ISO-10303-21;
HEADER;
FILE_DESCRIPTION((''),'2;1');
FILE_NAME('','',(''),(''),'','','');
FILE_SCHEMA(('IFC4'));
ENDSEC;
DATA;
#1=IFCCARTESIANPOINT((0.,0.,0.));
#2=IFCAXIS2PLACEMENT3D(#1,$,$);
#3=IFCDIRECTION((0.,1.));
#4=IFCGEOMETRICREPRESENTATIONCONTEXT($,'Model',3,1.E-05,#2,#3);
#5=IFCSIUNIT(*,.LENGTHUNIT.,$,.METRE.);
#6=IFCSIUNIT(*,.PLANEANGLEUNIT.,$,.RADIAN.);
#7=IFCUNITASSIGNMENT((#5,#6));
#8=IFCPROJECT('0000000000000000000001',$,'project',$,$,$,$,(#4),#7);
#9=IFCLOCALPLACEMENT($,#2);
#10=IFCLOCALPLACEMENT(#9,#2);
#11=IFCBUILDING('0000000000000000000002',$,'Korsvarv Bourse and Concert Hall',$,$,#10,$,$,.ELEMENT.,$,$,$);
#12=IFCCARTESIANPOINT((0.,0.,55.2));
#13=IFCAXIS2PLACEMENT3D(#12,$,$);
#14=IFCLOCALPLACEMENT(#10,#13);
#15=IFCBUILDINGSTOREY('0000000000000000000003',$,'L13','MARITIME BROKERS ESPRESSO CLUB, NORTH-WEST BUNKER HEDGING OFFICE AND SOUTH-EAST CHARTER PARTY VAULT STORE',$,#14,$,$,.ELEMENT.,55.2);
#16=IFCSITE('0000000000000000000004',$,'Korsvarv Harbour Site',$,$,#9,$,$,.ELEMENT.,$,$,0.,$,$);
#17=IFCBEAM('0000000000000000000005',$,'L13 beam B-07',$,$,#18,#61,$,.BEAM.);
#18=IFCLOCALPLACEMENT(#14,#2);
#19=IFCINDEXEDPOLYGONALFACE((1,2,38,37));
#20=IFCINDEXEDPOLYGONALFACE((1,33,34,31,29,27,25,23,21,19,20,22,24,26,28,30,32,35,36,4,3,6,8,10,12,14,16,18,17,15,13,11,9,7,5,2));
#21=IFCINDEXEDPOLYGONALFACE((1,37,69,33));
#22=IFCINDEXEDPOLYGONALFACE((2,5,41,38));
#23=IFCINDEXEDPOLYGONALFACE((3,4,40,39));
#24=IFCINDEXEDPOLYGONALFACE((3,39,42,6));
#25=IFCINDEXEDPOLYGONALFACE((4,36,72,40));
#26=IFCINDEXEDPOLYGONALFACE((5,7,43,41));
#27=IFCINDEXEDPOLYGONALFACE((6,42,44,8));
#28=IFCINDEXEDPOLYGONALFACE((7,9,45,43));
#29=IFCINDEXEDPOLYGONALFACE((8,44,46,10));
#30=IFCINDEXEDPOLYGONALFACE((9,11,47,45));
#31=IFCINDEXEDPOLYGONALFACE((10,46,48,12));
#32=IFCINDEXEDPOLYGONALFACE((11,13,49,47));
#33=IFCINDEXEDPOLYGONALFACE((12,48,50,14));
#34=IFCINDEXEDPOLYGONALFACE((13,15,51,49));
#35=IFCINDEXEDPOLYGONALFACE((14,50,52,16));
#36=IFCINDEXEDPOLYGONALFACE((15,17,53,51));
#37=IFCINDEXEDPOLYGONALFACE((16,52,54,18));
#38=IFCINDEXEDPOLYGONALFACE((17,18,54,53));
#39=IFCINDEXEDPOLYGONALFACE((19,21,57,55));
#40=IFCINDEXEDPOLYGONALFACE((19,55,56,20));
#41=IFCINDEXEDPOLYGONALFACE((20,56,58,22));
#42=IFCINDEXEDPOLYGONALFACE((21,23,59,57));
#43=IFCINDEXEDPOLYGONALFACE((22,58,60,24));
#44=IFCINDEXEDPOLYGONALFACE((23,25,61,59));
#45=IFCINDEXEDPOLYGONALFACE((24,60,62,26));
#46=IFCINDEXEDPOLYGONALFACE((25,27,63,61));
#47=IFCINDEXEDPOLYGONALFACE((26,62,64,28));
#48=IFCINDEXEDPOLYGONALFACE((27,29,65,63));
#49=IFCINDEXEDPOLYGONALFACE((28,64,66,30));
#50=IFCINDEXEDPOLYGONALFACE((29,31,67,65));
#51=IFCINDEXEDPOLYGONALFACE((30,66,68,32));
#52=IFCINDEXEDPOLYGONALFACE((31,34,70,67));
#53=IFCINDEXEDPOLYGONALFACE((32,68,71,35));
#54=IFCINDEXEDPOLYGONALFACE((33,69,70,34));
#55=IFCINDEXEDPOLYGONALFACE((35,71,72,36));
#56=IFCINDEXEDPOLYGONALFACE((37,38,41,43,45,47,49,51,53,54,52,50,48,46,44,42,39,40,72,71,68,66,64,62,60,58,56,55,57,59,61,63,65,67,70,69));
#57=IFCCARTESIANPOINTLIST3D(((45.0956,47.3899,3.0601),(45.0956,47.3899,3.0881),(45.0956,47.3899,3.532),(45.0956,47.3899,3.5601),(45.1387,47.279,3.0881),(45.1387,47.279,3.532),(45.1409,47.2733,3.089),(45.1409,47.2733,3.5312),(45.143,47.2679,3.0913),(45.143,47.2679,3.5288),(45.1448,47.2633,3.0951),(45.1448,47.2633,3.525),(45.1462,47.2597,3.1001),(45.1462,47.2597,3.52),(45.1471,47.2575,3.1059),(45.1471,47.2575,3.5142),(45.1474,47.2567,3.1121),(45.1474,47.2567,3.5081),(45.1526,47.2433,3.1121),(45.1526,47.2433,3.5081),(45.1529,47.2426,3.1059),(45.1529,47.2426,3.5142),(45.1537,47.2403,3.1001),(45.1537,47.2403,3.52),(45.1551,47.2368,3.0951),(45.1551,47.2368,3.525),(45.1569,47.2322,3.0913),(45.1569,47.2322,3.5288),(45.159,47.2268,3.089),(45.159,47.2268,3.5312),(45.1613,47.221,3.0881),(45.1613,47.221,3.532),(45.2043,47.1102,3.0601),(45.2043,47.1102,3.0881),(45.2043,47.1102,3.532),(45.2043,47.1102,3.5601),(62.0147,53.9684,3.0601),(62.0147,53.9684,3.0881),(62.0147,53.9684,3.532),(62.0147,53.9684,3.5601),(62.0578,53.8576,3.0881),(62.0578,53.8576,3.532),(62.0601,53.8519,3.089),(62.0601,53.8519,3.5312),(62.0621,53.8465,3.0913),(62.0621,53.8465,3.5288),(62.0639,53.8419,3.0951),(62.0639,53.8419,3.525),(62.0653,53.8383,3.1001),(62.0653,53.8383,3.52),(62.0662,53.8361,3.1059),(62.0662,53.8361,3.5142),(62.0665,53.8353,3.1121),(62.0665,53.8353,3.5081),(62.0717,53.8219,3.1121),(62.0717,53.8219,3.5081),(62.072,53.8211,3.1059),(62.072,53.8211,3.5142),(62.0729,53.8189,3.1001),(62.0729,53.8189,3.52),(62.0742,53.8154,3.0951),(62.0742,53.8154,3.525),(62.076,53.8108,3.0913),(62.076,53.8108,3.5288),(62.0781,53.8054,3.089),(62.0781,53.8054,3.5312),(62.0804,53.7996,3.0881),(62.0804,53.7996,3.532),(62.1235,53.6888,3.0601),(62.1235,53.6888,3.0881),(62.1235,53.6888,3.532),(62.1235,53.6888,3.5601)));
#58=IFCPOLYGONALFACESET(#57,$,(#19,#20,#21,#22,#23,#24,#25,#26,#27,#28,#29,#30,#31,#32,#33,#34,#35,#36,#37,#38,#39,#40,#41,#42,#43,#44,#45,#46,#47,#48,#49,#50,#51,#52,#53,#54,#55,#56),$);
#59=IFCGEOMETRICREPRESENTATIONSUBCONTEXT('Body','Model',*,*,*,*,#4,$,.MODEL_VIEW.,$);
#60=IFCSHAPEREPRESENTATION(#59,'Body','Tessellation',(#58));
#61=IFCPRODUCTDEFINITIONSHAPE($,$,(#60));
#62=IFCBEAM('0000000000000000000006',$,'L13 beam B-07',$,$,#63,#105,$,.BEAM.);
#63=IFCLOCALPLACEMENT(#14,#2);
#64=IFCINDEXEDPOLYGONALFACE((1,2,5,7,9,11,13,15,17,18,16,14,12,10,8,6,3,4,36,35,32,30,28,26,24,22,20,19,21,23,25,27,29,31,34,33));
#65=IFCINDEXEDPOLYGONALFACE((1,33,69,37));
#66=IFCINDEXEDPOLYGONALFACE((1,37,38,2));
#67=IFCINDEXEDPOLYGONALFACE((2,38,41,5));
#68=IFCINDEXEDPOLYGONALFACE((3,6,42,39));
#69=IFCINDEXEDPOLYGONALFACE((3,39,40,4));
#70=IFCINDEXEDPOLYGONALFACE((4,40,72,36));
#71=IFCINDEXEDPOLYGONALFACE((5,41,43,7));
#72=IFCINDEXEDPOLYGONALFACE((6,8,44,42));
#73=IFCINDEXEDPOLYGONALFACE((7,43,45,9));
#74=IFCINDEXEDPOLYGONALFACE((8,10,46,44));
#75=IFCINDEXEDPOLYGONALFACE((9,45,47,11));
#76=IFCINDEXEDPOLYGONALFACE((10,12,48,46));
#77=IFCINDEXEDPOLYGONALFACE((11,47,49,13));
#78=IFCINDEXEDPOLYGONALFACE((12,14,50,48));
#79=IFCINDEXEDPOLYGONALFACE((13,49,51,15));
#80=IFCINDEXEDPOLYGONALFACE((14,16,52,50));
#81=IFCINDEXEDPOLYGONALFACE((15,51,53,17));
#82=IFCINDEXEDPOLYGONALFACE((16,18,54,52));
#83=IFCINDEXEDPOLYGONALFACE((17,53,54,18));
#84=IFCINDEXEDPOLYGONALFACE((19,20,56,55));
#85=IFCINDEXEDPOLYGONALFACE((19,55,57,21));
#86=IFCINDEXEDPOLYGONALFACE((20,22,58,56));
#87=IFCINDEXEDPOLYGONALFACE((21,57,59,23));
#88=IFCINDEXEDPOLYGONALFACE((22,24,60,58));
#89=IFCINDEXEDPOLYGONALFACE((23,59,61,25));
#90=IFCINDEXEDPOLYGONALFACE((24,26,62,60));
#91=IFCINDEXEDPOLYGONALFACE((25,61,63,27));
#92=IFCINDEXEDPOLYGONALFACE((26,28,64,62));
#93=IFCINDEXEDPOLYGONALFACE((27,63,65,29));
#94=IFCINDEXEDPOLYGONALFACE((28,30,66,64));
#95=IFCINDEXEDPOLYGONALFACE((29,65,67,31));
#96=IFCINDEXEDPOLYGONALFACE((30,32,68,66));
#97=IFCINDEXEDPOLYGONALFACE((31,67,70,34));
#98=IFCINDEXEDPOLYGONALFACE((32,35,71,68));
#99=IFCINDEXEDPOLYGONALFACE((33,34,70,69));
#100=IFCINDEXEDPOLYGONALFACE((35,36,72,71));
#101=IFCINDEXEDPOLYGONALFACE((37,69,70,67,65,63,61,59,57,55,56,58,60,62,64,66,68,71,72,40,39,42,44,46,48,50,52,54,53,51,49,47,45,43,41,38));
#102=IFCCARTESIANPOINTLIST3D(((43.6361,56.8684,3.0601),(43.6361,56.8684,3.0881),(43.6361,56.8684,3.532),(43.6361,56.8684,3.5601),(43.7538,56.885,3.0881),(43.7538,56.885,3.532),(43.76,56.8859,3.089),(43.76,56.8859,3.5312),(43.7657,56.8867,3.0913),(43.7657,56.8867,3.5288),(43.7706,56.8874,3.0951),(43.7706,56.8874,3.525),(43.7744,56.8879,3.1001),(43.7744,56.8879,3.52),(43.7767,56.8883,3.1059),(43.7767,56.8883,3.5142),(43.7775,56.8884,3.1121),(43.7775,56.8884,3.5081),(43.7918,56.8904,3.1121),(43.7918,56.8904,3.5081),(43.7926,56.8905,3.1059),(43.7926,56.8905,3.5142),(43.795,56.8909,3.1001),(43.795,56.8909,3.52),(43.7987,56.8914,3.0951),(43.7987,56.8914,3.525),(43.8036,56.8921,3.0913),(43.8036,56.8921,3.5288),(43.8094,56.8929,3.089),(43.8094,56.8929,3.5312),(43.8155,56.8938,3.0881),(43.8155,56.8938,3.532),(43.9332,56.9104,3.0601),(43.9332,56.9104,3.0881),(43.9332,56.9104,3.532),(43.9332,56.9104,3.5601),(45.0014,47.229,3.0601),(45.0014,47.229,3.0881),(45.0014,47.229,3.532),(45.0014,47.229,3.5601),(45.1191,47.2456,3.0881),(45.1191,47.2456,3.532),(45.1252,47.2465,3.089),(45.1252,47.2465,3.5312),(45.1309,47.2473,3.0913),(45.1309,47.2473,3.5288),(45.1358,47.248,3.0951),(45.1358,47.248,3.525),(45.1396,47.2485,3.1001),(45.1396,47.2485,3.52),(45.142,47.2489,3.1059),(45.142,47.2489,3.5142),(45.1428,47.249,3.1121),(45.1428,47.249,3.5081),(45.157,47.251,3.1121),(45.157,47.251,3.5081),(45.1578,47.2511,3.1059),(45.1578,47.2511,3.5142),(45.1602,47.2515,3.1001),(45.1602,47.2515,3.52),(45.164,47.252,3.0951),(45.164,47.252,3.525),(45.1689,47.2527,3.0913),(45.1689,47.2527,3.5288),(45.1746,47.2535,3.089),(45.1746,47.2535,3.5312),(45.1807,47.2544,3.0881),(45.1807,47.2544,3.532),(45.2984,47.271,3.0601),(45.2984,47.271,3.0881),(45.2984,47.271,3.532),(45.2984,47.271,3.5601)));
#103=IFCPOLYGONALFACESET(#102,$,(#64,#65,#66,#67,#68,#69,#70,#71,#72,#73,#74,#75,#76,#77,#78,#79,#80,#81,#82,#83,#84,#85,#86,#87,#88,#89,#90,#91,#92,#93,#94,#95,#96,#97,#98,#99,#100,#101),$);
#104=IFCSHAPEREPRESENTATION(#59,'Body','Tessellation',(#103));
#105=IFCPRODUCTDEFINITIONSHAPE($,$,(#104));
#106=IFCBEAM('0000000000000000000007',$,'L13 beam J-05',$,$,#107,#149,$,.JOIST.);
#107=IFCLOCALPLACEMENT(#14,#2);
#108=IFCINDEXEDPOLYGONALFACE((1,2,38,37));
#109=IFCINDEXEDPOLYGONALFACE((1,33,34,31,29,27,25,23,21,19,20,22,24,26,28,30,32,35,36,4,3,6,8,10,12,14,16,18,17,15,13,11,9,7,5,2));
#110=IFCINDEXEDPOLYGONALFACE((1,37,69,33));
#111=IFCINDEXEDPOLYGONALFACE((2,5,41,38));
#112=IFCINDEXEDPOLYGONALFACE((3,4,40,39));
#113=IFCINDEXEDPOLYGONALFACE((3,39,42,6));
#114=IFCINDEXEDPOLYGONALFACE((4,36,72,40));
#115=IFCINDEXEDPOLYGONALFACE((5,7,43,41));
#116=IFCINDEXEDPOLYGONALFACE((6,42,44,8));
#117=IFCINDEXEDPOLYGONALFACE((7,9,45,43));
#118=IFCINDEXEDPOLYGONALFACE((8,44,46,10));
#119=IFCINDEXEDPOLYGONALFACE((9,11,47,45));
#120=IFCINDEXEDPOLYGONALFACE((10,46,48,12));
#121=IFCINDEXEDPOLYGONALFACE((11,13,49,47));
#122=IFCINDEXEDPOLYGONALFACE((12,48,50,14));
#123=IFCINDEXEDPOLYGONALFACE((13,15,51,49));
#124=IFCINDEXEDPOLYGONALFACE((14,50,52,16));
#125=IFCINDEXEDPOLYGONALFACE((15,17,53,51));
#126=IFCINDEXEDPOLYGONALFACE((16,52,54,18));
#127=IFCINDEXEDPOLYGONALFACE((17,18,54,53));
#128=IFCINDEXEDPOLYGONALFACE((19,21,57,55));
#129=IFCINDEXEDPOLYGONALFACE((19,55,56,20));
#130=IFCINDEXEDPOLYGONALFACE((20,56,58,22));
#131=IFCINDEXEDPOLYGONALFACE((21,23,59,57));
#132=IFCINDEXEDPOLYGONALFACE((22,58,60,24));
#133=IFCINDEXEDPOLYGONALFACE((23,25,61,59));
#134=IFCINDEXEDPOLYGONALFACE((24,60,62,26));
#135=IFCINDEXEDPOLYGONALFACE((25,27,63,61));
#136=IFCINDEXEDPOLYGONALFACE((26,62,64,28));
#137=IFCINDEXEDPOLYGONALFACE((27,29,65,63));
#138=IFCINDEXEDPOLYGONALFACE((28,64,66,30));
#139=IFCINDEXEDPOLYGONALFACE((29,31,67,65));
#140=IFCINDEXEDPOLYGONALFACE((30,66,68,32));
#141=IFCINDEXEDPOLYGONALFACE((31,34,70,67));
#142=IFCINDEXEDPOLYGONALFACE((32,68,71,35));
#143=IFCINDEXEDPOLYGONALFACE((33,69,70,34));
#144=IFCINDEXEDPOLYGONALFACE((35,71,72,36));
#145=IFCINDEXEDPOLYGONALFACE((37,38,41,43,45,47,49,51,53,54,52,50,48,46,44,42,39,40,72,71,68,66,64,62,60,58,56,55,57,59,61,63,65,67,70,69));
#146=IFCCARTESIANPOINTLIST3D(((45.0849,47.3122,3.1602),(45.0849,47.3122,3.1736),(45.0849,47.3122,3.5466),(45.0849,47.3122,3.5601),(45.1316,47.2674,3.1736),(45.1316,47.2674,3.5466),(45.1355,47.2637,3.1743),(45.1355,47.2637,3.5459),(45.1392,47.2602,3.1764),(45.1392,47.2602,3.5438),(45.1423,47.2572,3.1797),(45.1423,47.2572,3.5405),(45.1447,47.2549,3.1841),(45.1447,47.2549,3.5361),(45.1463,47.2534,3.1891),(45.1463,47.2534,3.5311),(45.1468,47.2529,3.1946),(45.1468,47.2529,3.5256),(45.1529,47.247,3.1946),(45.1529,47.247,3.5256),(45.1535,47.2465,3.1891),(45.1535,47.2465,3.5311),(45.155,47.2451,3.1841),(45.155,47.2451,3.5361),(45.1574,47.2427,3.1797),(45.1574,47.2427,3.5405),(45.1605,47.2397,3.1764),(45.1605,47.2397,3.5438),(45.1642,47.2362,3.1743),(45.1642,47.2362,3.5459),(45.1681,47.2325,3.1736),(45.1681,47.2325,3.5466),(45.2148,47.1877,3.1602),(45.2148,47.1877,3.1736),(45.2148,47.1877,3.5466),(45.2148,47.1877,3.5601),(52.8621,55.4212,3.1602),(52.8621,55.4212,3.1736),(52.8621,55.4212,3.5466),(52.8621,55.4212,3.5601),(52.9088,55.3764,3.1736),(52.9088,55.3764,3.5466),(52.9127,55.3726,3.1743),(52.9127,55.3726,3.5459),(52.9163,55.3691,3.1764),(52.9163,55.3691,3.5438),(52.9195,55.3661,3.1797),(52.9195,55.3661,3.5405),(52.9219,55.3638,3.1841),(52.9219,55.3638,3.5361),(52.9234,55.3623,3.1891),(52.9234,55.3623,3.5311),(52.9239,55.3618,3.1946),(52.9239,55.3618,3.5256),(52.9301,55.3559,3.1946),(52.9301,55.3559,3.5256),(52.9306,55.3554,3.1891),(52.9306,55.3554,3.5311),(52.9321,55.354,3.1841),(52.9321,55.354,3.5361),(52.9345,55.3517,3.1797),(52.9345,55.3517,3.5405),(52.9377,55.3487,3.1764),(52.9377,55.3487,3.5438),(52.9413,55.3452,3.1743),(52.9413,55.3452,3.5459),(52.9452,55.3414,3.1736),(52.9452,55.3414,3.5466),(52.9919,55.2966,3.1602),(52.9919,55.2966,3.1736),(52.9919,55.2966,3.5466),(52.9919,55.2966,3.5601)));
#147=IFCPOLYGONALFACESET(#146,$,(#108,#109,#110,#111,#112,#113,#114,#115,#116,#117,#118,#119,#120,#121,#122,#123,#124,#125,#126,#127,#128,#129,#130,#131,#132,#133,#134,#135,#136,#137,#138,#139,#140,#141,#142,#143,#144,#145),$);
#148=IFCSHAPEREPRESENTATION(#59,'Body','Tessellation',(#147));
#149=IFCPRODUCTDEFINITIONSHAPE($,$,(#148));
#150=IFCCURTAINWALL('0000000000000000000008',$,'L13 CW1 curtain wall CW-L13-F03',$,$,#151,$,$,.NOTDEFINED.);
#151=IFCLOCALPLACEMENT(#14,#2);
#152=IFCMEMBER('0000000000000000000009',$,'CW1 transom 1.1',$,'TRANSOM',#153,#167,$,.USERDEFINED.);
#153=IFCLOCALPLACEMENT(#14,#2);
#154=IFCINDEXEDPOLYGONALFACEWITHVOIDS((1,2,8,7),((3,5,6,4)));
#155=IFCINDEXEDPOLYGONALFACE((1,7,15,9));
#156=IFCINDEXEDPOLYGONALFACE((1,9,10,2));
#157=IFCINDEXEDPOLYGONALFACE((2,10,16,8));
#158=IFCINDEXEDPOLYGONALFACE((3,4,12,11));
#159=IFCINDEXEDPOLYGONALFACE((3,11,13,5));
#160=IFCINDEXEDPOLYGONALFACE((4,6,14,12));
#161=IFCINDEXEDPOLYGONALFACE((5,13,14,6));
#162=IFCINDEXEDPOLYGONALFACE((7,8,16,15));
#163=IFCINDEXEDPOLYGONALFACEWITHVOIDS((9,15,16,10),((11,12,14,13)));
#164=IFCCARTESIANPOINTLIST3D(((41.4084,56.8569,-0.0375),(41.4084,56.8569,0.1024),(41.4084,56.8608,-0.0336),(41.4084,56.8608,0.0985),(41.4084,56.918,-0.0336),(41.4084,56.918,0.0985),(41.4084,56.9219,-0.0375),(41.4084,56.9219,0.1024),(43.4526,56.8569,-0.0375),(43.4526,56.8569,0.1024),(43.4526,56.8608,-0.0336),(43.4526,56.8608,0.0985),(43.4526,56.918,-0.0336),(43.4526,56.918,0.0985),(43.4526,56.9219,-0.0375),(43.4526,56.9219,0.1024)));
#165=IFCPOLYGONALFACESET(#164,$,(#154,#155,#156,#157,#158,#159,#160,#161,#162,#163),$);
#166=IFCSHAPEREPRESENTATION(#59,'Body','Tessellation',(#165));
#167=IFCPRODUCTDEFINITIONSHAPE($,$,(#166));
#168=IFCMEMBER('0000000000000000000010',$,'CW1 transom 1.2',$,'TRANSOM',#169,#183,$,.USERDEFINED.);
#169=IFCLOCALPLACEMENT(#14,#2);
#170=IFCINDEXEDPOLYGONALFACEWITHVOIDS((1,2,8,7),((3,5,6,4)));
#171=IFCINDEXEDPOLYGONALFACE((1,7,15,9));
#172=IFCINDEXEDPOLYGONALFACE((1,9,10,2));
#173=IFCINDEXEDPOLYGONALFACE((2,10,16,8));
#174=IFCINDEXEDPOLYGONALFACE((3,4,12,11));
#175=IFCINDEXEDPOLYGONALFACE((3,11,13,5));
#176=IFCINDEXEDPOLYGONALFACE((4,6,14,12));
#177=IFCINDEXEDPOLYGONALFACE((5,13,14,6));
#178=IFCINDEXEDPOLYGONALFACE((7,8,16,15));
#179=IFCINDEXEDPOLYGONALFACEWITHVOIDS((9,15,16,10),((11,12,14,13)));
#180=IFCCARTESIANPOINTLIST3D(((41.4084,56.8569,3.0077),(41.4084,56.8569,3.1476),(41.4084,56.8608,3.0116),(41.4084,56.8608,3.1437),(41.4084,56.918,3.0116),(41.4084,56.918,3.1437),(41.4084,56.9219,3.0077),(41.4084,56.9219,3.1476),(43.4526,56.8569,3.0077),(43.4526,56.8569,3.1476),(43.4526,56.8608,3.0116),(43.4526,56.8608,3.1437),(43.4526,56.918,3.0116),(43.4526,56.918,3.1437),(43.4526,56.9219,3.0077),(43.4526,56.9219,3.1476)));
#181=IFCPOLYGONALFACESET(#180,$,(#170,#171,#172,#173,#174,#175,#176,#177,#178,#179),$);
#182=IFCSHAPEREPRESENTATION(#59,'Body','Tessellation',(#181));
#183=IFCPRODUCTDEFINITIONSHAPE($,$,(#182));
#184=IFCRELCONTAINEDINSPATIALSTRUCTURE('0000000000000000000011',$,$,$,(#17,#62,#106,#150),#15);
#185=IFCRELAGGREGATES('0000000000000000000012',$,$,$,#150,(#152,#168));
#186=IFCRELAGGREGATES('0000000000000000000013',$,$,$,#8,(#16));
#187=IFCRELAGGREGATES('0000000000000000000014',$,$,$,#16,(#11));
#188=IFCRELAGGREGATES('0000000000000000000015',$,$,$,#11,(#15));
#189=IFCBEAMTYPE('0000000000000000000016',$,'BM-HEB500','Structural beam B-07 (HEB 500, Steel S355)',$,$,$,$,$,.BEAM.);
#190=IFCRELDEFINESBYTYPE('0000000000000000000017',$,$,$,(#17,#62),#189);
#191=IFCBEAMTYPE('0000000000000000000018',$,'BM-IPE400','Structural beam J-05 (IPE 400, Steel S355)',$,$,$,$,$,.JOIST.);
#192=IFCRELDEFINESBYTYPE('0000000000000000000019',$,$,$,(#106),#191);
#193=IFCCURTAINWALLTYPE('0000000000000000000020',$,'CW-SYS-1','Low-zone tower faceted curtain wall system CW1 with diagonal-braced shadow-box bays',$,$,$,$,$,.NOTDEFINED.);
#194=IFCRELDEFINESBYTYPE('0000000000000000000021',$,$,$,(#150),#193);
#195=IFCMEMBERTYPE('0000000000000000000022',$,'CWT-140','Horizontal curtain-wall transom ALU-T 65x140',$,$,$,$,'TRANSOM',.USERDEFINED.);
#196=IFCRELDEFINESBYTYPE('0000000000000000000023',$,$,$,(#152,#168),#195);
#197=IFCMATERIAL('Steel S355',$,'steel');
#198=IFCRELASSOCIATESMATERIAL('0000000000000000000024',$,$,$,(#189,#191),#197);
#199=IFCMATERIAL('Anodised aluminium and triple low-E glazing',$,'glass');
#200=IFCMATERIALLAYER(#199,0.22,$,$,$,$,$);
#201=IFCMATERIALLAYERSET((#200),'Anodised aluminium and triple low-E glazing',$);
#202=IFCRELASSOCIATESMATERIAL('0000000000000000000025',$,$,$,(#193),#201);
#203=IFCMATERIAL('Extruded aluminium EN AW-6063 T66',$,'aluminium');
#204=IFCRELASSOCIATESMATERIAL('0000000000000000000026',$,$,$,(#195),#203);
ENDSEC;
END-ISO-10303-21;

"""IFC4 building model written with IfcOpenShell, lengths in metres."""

from ifc_helpers import new_model, si_unit, direction, frame, origin, origin_2d, place, context, subcontext, project, spatial, hollow_rectangle, i_section, extrude, source, transform, mapped, material, layer, layer_set, material_profile, profile_set, type_object, element, aggregate, save


model = new_model("IFC4")

# Units and contexts
model_context = context("Model", 3, precision=1e-05, world=origin(), true_north=direction((0.0, 1.0)))
body_context = subcontext(model_context, "Body", "Model", "MODEL_VIEW")
ifc_project = project(units=[si_unit("LENGTHUNIT", "METRE"), si_unit("PLANEANGLEUNIT", "RADIAN")], contexts=[model_context])

# Site, building, storey
site_placement = place(None, origin())
site = spatial("IfcSite", under=ifc_project, at=site_placement, Name="Korsvarv Harbour Site", CompositionType="ELEMENT", RefElevation=0.0)
building_placement = place(site_placement, origin())
building = spatial("IfcBuilding", under=site, at=building_placement, Name="Korsvarv Bourse and Concert Hall", CompositionType="ELEMENT")
storey_placement = place(building_placement, frame((0.0, 0.0, 55.2)))
storey = spatial("IfcBuildingStorey", under=building, at=storey_placement, Name="L13", Description="MARITIME BROKERS ESPRESSO CLUB, NORTH-WEST BUNKER HEDGING OFFICE AND SOUTH-EAST CHARTER PARTY VAULT STORE", CompositionType="ELEMENT", Elevation=55.2)

# Beams
ifc_material_1 = material(Name="Steel S355", Category="steel")
ifc_material_profile_1 = material_profile(ifc_material_1, i_section(OverallWidth=0.3, OverallDepth=0.5, WebThickness=0.0144, FlangeThickness=0.0281, FilletRadius=0.0239, at=origin_2d()), Name="HEB 500")
ifc_profile_set_1 = profile_set([ifc_material_profile_1], Name="Steel S355")
beam_type_1 = type_object("IfcBeamType", Name="BM-HEB500", Description="Structural beam B-07 (HEB 500, Steel S355)", PredefinedType="BEAM", material=ifc_profile_set_1)
shared_shape_1 = source(origin(), body_context, "Body", "SweptSolid", [
    extrude(i_section(OverallWidth=0.3, OverallDepth=0.5, WebThickness=0.0144, FlangeThickness=0.0281, FilletRadius=0.0239, at=origin_2d()), origin(), (0.0, 0.0, 1.0), 18.1531),
])
beam_1_placement = place(storey_placement, frame((62.0691, 53.8286, 3.3101), z_axis=(-0.932025, -0.362395, 0.0), x_axis=(0.362395, -0.932025, 0.0)))
element("IfcBeam", 1, at=beam_1_placement, inside=storey, type_object=beam_type_1, Name="L13 beam B-07", PredefinedType="BEAM", context=body_context, shape_type="MappedRepresentation", body=[
    mapped(shared_shape_1, transform((0.0, 0.0, 0.0), scale=1.0)),
])
shared_shape_2 = source(origin(), body_context, "Body", "SweptSolid", [
    extrude(i_section(OverallWidth=0.3, OverallDepth=0.5, WebThickness=0.0144, FlangeThickness=0.0281, FilletRadius=0.0239, at=origin_2d()), origin(), (0.0, 0.0, 1.0), 9.7356),
])
beam_2_placement = place(storey_placement, frame((43.7847, 56.8894, 3.3101), z_axis=(0.140231, -0.990119, 0.0), x_axis=(0.990119, 0.140231, 0.0)))
element("IfcBeam", 2, at=beam_2_placement, inside=storey, type_object=beam_type_1, Name="L13 beam B-07", PredefinedType="BEAM", context=body_context, shape_type="MappedRepresentation", body=[
    mapped(shared_shape_2, transform((0.0, 0.0, 0.0), scale=1.0)),
])
ifc_material_profile_2 = material_profile(ifc_material_1, i_section(OverallWidth=0.1799, OverallDepth=0.3999, WebThickness=0.0085, FlangeThickness=0.0134, FilletRadius=0.021, at=origin_2d()), Name="IPE 400")
ifc_profile_set_2 = profile_set([ifc_material_profile_2], Name="Steel S355")
beam_type_2 = type_object("IfcBeamType", Name="BM-IPE400", Description="Structural beam J-05 (IPE 400, Steel S355)", PredefinedType="JOIST", material=ifc_profile_set_2)
shared_shape_3 = source(origin(), body_context, "Body", "SweptSolid", [
    extrude(i_section(OverallWidth=0.1799, OverallDepth=0.3999, WebThickness=0.0085, FlangeThickness=0.0134, FilletRadius=0.021, at=origin_2d()), origin(), (0.0, 0.0, 1.0), 11.2356),
])
beam_3_placement = place(storey_placement, frame((52.927, 55.3589, 3.3601), z_axis=(-0.692188, -0.721718, 0.0), x_axis=(0.721718, -0.692188, 0.0)))
element("IfcBeam", 3, at=beam_3_placement, inside=storey, type_object=beam_type_2, Name="L13 beam J-05", PredefinedType="JOIST", context=body_context, shape_type="MappedRepresentation", body=[
    mapped(shared_shape_3, transform((0.0, 0.0, 0.0), scale=1.0)),
])

# Curtain wall, members
ifc_material_2 = material(Name="Anodised aluminium and triple low-E glazing", Category="glass")
ifc_layer_1 = layer(ifc_material_2, 0.22)
ifc_layer_set_1 = layer_set([ifc_layer_1], Name="Anodised aluminium and triple low-E glazing")
curtain_wall_type = type_object("IfcCurtainWallType", Name="CW-SYS-1", Description="Low-zone tower faceted curtain wall system CW1 with diagonal-braced shadow-box bays", PredefinedType="NOTDEFINED", material=ifc_layer_set_1)
curtain_wall_placement = place(storey_placement, origin())
curtain_wall = element("IfcCurtainWall", 4, at=curtain_wall_placement, inside=storey, type_object=curtain_wall_type, Name="L13 CW1 curtain wall CW-L13-F03", PredefinedType="NOTDEFINED")
ifc_material_3 = material(Name="Extruded aluminium EN AW-6063 T66", Category="aluminium")
ifc_material_profile_3 = material_profile(ifc_material_3, hollow_rectangle(XDim=0.0649, YDim=0.1399, WallThickness=0.0039, at=origin_2d()), Name="ALU-T 65x140")
ifc_profile_set_3 = profile_set([ifc_material_profile_3], Name="Extruded aluminium EN AW-6063 T66")
member_type_1 = type_object("IfcMemberType", Name="CWT-140", Description="Horizontal curtain-wall transom ALU-T 65x140", ElementType="TRANSOM", PredefinedType="USERDEFINED", material=ifc_profile_set_3)
shared_shape_4 = source(origin(), body_context, "Body", "SweptSolid", [
    extrude(hollow_rectangle(XDim=0.0649, YDim=0.1399, WallThickness=0.0039, at=origin_2d()), origin(), (0.0, 0.0, 1.0), 2.0442),
])
member_1_placement = place(storey_placement, frame((43.4526, 56.8894, 0.0325), z_axis=(-1.0, 0.0, 0.0), x_axis=(0.0, -1.0, 0.0)))
member_1 = element("IfcMember", 5, at=member_1_placement, type_object=member_type_1, Name="CW1 transom 1.1", ObjectType="TRANSOM", PredefinedType="USERDEFINED", context=body_context, shape_type="MappedRepresentation", body=[
    mapped(shared_shape_4, transform((0.0, 0.0, 0.0), scale=1.0)),
])
member_2_placement = place(storey_placement, frame((43.4526, 56.8894, 3.0776), z_axis=(-1.0, 0.0, 0.0), x_axis=(0.0, -1.0, 0.0)))
member_2 = element("IfcMember", 6, at=member_2_placement, type_object=member_type_1, Name="CW1 transom 1.2", ObjectType="TRANSOM", PredefinedType="USERDEFINED", context=body_context, shape_type="MappedRepresentation", body=[
    mapped(shared_shape_4, transform((0.0, 0.0, 0.0), scale=1.0)),
])
aggregate(curtain_wall, [member_1, member_2])

save(model, "model.ifc")
